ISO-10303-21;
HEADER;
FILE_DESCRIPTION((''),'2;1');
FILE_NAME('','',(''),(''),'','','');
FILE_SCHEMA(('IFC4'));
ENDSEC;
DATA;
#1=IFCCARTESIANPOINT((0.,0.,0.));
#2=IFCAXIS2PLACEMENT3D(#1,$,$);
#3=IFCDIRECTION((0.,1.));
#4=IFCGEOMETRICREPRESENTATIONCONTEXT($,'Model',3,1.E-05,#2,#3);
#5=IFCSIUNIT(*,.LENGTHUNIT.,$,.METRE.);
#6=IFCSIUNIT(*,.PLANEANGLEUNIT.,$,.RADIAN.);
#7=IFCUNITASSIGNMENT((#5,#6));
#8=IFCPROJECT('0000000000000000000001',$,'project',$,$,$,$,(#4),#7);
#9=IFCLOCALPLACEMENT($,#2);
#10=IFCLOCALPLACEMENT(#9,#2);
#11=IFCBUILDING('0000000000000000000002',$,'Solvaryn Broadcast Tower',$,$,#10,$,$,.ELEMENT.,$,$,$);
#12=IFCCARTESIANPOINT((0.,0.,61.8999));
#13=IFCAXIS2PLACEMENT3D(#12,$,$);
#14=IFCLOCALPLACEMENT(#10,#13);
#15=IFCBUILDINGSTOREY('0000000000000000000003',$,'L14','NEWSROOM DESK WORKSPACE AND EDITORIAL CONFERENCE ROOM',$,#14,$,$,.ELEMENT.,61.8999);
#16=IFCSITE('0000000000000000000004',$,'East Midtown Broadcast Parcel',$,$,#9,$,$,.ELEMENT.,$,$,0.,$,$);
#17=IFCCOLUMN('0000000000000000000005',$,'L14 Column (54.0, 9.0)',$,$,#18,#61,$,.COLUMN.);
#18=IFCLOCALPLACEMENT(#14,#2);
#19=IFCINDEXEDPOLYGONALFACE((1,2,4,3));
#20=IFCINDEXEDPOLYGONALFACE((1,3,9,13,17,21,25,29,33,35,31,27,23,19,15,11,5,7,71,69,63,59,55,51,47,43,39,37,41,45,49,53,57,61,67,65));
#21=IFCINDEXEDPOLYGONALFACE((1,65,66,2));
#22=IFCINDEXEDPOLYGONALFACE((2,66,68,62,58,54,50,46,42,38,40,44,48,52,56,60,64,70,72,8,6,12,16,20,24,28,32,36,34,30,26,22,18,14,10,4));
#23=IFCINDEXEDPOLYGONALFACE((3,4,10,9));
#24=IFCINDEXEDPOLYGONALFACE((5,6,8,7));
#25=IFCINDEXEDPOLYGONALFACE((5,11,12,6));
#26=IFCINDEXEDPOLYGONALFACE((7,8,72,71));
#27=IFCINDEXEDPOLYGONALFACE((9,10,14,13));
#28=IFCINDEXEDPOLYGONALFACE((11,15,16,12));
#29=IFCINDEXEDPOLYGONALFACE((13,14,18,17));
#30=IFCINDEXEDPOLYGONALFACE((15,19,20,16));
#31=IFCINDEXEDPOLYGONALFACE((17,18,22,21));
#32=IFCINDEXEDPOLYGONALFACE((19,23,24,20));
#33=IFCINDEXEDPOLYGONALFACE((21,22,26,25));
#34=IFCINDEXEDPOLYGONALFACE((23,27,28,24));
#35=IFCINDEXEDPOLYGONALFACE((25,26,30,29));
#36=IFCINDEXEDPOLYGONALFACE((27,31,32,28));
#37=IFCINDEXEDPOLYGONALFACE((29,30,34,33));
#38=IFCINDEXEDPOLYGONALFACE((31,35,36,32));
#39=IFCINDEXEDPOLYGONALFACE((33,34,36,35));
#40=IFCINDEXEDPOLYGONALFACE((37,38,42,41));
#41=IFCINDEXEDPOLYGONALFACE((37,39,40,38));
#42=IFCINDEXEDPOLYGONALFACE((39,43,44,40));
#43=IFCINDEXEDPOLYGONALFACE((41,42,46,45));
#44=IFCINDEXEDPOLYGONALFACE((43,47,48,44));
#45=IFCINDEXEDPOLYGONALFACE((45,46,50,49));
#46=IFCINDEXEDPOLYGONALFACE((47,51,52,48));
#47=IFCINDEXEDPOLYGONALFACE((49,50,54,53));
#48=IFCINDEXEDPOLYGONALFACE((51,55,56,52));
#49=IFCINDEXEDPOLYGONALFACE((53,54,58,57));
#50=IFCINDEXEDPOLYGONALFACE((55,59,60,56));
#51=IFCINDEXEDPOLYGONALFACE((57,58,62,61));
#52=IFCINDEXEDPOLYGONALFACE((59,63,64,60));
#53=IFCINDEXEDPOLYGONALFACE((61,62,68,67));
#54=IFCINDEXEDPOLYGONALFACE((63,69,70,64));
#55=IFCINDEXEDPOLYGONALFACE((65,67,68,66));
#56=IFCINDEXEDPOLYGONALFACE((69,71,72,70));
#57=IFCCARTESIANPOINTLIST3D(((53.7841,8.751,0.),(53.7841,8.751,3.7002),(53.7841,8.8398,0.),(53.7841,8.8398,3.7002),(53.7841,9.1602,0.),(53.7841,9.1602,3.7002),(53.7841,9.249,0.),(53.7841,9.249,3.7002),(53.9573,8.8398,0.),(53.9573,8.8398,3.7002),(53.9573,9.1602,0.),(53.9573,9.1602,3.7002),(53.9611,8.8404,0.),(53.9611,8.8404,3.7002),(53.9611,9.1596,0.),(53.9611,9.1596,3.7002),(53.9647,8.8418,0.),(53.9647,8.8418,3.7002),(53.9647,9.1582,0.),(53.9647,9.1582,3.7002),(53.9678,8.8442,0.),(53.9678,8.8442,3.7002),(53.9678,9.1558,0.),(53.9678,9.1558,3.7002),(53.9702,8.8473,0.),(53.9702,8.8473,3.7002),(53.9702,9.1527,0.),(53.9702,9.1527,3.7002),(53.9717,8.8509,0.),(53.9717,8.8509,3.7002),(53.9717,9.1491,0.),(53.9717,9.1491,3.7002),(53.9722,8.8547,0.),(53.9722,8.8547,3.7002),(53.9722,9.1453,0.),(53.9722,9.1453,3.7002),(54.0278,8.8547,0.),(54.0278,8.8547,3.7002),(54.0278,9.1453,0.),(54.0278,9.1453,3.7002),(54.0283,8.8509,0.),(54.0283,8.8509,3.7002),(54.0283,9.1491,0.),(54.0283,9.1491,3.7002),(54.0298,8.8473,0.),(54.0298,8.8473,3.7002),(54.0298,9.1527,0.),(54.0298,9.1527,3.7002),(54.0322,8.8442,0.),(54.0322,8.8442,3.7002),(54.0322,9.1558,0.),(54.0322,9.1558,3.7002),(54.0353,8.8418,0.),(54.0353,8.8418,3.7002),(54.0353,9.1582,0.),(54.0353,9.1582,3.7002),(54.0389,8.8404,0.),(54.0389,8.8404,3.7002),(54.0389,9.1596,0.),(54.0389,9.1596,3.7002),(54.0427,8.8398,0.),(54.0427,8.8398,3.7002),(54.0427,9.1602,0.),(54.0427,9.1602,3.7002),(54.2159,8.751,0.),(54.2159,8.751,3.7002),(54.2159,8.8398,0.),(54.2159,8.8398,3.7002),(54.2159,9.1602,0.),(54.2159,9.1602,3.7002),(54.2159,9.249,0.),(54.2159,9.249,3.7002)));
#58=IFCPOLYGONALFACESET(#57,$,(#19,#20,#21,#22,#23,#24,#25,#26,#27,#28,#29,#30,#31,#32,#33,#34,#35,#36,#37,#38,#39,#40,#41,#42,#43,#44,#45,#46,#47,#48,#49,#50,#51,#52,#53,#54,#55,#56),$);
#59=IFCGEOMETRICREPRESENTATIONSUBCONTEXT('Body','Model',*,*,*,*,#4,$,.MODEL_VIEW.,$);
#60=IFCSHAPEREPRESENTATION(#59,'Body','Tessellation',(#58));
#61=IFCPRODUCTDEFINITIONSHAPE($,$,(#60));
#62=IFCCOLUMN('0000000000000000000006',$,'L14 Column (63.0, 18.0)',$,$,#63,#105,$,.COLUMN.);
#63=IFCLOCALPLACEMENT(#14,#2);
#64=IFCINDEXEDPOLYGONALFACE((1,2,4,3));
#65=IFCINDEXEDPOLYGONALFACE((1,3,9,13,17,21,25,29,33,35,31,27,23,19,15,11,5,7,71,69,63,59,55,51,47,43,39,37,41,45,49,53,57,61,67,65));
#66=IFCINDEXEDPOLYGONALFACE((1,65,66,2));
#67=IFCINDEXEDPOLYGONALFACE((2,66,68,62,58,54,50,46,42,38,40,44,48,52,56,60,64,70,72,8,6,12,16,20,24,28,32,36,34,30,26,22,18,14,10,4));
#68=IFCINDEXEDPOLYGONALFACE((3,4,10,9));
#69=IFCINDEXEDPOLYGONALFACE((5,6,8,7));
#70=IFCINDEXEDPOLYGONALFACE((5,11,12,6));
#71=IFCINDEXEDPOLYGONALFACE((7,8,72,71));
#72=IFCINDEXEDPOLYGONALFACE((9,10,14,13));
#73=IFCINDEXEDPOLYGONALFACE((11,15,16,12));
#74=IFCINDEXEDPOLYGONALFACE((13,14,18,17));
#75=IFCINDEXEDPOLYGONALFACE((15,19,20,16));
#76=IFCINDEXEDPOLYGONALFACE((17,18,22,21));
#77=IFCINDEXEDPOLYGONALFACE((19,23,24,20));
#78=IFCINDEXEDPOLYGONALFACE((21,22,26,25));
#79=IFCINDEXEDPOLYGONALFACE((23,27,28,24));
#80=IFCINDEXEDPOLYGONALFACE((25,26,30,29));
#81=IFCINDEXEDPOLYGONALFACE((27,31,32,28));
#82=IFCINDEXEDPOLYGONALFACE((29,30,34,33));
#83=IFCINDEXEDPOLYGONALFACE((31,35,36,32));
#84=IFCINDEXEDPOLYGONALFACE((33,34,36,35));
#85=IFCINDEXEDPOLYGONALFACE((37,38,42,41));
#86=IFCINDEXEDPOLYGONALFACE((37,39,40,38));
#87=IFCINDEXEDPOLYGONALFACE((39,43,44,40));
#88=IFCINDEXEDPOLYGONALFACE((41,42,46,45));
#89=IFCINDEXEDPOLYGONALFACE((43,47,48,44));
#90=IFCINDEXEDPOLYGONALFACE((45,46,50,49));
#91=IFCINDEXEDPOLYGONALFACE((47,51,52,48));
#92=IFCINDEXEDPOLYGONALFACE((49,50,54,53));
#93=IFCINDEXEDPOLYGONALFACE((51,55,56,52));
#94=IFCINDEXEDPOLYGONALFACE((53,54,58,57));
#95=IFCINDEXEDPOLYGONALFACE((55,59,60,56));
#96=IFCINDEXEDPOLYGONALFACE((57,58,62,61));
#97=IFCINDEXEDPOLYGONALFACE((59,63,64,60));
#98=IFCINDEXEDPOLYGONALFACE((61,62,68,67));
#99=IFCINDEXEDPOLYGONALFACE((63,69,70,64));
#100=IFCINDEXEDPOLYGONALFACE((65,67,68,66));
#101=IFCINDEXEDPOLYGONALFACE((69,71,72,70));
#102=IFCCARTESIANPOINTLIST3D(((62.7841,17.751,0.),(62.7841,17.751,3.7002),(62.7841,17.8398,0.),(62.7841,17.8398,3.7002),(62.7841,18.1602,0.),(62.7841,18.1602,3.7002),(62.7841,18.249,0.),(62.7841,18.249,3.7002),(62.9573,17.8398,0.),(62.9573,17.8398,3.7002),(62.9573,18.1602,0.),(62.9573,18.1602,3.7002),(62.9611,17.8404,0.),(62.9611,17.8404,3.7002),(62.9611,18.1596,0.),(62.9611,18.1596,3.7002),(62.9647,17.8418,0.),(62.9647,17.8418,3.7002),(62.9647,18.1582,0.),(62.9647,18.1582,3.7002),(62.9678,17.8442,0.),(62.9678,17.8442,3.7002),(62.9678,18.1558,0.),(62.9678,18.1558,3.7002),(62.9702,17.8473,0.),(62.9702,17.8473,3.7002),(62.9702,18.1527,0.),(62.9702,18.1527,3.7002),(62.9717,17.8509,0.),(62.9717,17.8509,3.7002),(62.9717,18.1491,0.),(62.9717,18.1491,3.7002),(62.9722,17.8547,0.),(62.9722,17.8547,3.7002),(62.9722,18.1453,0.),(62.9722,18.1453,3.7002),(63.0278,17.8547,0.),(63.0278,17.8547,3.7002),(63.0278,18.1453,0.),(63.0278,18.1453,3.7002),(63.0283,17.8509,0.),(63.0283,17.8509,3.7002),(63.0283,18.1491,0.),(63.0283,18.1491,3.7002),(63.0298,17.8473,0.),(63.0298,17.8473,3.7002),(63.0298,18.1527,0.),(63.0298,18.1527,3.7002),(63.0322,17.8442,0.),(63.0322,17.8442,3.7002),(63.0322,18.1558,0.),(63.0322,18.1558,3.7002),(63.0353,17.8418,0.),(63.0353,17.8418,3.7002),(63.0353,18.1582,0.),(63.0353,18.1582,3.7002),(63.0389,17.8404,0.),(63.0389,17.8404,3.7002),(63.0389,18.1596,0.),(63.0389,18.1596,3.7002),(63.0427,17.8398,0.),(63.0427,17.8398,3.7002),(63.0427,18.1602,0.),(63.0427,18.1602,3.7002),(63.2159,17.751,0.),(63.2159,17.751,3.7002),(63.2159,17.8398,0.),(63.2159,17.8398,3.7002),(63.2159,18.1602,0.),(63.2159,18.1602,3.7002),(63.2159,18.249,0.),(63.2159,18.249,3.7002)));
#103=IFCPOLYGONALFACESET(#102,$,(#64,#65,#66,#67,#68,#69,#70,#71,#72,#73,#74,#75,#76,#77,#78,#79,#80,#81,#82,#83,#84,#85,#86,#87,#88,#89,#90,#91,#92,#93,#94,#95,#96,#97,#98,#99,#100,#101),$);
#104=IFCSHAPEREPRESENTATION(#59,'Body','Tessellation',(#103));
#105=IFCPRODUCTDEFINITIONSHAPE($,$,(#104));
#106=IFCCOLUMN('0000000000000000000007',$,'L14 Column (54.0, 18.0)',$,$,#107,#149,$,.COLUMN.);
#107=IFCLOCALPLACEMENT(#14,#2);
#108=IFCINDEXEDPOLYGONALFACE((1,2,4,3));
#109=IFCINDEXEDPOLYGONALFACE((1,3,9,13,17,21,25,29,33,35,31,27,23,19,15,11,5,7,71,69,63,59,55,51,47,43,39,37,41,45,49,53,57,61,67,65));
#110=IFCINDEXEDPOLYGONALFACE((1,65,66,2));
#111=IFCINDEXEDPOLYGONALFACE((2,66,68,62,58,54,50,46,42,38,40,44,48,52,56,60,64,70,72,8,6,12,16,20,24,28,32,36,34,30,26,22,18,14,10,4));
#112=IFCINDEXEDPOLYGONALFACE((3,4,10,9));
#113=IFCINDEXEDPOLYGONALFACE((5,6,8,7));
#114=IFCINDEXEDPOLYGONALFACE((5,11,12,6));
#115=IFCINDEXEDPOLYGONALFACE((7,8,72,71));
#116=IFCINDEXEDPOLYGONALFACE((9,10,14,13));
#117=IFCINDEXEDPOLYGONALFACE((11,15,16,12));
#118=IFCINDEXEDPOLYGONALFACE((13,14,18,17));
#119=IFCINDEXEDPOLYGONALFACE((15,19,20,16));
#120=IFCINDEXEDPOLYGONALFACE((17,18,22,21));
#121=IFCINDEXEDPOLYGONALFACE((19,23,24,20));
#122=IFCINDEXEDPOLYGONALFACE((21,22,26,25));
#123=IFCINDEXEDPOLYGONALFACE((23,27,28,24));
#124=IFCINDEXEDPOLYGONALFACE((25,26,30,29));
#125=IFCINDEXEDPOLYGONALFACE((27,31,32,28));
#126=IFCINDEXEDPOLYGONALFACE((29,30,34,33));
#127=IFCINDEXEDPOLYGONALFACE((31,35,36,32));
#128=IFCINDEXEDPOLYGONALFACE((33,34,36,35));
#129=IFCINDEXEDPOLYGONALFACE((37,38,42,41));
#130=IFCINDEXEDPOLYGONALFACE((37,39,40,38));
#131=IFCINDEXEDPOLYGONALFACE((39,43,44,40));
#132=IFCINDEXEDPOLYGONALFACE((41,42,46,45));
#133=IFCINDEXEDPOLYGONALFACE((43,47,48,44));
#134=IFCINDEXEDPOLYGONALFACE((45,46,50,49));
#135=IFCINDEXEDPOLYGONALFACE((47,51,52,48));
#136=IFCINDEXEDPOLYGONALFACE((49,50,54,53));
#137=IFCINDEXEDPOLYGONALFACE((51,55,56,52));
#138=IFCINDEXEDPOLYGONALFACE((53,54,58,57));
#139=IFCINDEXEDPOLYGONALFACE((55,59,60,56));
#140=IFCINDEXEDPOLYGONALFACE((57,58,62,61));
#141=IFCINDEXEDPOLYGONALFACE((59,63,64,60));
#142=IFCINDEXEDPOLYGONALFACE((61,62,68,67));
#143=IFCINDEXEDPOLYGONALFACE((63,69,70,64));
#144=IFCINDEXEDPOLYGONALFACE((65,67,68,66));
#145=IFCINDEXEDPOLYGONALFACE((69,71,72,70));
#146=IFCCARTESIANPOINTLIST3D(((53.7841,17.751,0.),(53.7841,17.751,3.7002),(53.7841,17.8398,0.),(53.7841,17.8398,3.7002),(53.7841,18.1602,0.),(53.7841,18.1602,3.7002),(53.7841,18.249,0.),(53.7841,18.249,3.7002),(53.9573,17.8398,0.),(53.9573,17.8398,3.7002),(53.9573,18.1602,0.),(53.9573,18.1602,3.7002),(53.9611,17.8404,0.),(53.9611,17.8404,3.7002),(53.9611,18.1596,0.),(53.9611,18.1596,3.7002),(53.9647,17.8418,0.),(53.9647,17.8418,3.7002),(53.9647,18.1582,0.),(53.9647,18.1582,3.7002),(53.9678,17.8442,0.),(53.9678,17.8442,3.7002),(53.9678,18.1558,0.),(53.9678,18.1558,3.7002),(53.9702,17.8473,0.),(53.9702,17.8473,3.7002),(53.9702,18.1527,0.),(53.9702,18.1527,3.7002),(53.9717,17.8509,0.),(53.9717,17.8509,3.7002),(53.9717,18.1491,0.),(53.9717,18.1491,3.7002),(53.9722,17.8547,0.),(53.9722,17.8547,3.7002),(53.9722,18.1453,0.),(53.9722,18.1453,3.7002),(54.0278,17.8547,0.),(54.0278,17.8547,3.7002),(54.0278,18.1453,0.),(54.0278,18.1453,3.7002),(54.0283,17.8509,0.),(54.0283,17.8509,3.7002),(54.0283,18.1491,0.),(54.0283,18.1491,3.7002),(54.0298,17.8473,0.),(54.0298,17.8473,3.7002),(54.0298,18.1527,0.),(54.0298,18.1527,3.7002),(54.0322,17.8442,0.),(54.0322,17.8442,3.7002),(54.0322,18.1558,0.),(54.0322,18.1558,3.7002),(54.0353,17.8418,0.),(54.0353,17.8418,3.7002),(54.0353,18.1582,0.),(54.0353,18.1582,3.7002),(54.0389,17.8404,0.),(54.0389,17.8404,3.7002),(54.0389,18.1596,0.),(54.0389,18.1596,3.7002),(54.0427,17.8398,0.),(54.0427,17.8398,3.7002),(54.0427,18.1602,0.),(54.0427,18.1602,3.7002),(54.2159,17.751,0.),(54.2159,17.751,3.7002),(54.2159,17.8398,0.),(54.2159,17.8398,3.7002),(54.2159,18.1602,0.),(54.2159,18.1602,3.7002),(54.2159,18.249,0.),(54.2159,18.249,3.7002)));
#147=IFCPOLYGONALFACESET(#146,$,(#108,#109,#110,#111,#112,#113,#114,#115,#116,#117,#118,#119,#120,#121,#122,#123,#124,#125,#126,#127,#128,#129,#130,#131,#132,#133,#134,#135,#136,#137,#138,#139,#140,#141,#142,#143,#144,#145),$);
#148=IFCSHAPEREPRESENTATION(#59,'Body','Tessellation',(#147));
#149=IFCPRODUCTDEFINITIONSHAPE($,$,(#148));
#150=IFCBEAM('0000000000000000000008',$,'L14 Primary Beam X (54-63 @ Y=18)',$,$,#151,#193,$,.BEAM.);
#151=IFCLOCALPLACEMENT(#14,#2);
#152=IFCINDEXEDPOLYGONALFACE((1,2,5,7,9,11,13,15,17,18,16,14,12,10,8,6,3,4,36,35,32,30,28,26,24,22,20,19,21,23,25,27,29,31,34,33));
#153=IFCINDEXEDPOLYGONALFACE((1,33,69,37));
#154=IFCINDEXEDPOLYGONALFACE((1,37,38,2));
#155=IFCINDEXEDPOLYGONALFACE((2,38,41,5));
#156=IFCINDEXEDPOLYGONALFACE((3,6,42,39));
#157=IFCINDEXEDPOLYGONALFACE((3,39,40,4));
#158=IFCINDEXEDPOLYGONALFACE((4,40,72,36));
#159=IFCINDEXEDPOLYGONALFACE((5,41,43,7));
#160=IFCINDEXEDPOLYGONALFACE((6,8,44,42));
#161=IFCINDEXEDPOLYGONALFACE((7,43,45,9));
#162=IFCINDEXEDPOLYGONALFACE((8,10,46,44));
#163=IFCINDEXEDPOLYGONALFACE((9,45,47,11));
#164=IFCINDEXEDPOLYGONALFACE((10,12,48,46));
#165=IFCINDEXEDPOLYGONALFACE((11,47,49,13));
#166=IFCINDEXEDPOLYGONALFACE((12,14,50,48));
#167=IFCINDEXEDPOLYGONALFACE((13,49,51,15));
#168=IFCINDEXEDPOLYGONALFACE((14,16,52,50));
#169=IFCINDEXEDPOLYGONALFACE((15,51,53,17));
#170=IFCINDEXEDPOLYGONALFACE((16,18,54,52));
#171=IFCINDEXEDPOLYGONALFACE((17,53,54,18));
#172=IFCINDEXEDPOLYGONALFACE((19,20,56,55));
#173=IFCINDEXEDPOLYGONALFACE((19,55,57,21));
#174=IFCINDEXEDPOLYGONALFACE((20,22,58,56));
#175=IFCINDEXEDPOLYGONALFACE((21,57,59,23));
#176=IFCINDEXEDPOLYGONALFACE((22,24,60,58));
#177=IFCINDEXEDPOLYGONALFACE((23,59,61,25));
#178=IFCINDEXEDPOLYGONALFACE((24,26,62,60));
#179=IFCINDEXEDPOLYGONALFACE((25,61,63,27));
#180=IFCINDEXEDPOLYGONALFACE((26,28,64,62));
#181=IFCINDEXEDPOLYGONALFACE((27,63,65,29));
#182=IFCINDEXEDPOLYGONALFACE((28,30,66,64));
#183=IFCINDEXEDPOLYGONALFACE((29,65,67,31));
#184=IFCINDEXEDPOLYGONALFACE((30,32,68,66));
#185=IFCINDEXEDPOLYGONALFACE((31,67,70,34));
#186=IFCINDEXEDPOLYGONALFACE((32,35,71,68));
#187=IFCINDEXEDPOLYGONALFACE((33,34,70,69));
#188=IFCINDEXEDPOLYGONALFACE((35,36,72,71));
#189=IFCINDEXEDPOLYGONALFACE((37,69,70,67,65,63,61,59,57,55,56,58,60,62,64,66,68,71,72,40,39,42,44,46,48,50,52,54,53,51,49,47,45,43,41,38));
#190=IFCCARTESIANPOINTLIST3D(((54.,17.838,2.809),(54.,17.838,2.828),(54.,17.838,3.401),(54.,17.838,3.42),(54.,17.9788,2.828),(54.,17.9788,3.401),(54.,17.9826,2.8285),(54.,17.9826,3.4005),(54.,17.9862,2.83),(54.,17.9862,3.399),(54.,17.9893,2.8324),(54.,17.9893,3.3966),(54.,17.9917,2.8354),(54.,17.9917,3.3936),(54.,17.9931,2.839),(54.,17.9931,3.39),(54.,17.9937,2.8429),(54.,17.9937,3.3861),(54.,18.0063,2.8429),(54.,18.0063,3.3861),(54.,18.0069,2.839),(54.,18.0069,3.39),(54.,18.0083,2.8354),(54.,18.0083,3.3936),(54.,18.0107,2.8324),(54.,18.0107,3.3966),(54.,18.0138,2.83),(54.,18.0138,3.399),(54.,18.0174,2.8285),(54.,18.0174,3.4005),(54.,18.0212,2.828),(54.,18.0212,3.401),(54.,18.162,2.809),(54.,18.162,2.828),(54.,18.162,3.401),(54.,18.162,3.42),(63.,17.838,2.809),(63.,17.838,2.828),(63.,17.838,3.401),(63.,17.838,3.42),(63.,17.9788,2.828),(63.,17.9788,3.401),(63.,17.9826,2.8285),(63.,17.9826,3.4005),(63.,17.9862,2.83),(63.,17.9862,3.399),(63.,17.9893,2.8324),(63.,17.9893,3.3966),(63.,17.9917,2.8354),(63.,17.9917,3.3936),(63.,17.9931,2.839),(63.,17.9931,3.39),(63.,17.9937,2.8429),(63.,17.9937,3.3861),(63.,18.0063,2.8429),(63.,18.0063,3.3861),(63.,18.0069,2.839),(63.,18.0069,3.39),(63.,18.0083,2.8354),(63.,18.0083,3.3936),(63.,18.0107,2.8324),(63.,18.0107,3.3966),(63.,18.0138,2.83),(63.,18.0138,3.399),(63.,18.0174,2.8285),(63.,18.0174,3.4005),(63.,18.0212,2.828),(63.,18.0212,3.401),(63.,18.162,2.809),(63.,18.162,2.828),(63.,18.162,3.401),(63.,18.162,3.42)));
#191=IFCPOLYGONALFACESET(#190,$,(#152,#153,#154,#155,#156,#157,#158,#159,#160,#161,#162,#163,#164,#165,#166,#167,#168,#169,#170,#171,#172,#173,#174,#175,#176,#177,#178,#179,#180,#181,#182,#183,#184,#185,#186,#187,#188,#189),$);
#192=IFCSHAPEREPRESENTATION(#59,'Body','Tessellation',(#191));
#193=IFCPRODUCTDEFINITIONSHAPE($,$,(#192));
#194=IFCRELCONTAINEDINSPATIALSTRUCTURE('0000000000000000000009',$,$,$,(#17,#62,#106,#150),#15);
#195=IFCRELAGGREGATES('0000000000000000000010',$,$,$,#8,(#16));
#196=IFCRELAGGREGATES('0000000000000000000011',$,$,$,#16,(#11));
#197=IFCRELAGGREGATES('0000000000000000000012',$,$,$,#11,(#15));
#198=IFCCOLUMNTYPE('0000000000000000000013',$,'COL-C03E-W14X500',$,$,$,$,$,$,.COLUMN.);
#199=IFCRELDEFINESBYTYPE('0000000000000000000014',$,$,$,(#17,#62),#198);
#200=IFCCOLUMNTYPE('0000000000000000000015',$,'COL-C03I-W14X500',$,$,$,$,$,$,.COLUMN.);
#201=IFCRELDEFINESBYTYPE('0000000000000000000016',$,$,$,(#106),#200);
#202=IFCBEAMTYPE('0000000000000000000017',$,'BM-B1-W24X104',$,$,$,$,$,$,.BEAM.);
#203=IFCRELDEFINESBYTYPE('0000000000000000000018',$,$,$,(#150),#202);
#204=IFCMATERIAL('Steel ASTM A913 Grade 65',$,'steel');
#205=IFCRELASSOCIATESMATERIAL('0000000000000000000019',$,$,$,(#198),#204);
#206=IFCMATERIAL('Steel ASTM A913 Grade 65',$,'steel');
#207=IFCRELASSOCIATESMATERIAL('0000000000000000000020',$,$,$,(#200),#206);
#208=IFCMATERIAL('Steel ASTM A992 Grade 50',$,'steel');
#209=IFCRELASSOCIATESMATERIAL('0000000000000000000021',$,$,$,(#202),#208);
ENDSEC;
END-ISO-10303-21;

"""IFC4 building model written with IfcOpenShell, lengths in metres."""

from ifc_helpers import new_model, si_unit, direction, frame, origin, origin_2d, place, context, subcontext, project, spatial, i_section, extrude, material, material_profile, profile_set, type_object, element, save


model = new_model("IFC4")

# Units and contexts
model_context = context("Model", 3, precision=1e-05, world=origin(), true_north=direction((0.0, 1.0)))
body_context = subcontext(model_context, "Body", "Model", "MODEL_VIEW")
ifc_project = project(units=[si_unit("LENGTHUNIT", "METRE"), si_unit("PLANEANGLEUNIT", "RADIAN")], contexts=[model_context])

# Site, building, storey
site_placement = place(None, origin())
site = spatial("IfcSite", under=ifc_project, at=site_placement, Name="East Midtown Broadcast Parcel", CompositionType="ELEMENT", RefElevation=0.0)
building_placement = place(site_placement, origin())
building = spatial("IfcBuilding", under=site, at=building_placement, Name="Solvaryn Broadcast Tower", CompositionType="ELEMENT")
storey_placement = place(building_placement, frame((0.0, 0.0, 61.8999)))
storey = spatial("IfcBuildingStorey", under=building, at=storey_placement, Name="L14", Description="NEWSROOM DESK WORKSPACE AND EDITORIAL CONFERENCE ROOM", CompositionType="ELEMENT", Elevation=61.8999)

# Columns
ifc_material_1 = material(Name="Steel ASTM A913 Grade 65", Category="steel")
ifc_material_profile_1 = material_profile(ifc_material_1, i_section(OverallWidth=0.4319, OverallDepth=0.498, WebThickness=0.0557, FlangeThickness=0.0889, FilletRadius=0.0149, at=origin_2d()))
ifc_profile_set_1 = profile_set([ifc_material_profile_1], Name="Steel ASTM A913 Grade 65")
column_type_1 = type_object("IfcColumnType", Name="COL-C03E-W14X500", PredefinedType="COLUMN", material=ifc_profile_set_1)
for number, where, z_axis, x_axis, name in (
    (1, (54.0, 9.0, 0.0), (0.0, 0.0, 1.0), (1.0, 0.0, 0.0), "L14 Column (54.0, 9.0)"),
    (2, (63.0, 18.0, 0.0), (0.0, 0.0, 1.0), (1.0, 0.0, 0.0), "L14 Column (63.0, 18.0)"),
):
    element("IfcColumn", number, at=place(storey_placement, frame(where, z_axis=z_axis, x_axis=x_axis)), inside=storey, type_object=column_type_1, Name=name, PredefinedType="COLUMN", context=body_context, shape_type="SweptSolid", body=[
        extrude(i_section(OverallWidth=0.4319, OverallDepth=0.498, WebThickness=0.0557, FlangeThickness=0.0889, FilletRadius=0.0149, at=origin_2d()), origin(), (0.0, 0.0, 1.0), 3.7002),
    ])
ifc_material_2 = material(Name="Steel ASTM A913 Grade 65", Category="steel")
ifc_material_profile_2 = material_profile(ifc_material_2, i_section(OverallWidth=0.4319, OverallDepth=0.498, WebThickness=0.0557, FlangeThickness=0.0889, FilletRadius=0.0149, at=origin_2d()))
ifc_profile_set_2 = profile_set([ifc_material_profile_2], Name="Steel ASTM A913 Grade 65")
column_type_2 = type_object("IfcColumnType", Name="COL-C03I-W14X500", PredefinedType="COLUMN", material=ifc_profile_set_2)
column_placement = place(storey_placement, frame((54.0, 18.0, 0.0), z_axis=(0.0, 0.0, 1.0), x_axis=(1.0, 0.0, 0.0)))
element("IfcColumn", 3, at=column_placement, inside=storey, type_object=column_type_2, Name="L14 Column (54.0, 18.0)", PredefinedType="COLUMN", context=body_context, shape_type="SweptSolid", body=[
    extrude(i_section(OverallWidth=0.4319, OverallDepth=0.498, WebThickness=0.0557, FlangeThickness=0.0889, FilletRadius=0.0149, at=origin_2d()), origin(), (0.0, 0.0, 1.0), 3.7002),
])

# Beam
ifc_material_3 = material(Name="Steel ASTM A992 Grade 50", Category="steel")
ifc_material_profile_3 = material_profile(ifc_material_3, i_section(OverallWidth=0.324, OverallDepth=0.6111, WebThickness=0.0127, FlangeThickness=0.019, FilletRadius=0.0149, at=origin_2d()))
ifc_profile_set_3 = profile_set([ifc_material_profile_3], Name="Steel ASTM A992 Grade 50")
beam_type = type_object("IfcBeamType", Name="BM-B1-W24X104", PredefinedType="BEAM", material=ifc_profile_set_3)
beam_placement = place(storey_placement, frame((54.0, 18.0, 3.1145), z_axis=(1.0, 0.0, 0.0), x_axis=(0.0, 1.0, 0.0)))
element("IfcBeam", 4, at=beam_placement, inside=storey, type_object=beam_type, Name="L14 Primary Beam X (54-63 @ Y=18)", PredefinedType="BEAM", context=body_context, shape_type="SweptSolid", body=[
    extrude(i_section(OverallWidth=0.324, OverallDepth=0.6111, WebThickness=0.0127, FlangeThickness=0.019, FilletRadius=0.0149, at=origin_2d()), origin(), (0.0, 0.0, 1.0), 9.0),
])

save(model, "model.ifc")
